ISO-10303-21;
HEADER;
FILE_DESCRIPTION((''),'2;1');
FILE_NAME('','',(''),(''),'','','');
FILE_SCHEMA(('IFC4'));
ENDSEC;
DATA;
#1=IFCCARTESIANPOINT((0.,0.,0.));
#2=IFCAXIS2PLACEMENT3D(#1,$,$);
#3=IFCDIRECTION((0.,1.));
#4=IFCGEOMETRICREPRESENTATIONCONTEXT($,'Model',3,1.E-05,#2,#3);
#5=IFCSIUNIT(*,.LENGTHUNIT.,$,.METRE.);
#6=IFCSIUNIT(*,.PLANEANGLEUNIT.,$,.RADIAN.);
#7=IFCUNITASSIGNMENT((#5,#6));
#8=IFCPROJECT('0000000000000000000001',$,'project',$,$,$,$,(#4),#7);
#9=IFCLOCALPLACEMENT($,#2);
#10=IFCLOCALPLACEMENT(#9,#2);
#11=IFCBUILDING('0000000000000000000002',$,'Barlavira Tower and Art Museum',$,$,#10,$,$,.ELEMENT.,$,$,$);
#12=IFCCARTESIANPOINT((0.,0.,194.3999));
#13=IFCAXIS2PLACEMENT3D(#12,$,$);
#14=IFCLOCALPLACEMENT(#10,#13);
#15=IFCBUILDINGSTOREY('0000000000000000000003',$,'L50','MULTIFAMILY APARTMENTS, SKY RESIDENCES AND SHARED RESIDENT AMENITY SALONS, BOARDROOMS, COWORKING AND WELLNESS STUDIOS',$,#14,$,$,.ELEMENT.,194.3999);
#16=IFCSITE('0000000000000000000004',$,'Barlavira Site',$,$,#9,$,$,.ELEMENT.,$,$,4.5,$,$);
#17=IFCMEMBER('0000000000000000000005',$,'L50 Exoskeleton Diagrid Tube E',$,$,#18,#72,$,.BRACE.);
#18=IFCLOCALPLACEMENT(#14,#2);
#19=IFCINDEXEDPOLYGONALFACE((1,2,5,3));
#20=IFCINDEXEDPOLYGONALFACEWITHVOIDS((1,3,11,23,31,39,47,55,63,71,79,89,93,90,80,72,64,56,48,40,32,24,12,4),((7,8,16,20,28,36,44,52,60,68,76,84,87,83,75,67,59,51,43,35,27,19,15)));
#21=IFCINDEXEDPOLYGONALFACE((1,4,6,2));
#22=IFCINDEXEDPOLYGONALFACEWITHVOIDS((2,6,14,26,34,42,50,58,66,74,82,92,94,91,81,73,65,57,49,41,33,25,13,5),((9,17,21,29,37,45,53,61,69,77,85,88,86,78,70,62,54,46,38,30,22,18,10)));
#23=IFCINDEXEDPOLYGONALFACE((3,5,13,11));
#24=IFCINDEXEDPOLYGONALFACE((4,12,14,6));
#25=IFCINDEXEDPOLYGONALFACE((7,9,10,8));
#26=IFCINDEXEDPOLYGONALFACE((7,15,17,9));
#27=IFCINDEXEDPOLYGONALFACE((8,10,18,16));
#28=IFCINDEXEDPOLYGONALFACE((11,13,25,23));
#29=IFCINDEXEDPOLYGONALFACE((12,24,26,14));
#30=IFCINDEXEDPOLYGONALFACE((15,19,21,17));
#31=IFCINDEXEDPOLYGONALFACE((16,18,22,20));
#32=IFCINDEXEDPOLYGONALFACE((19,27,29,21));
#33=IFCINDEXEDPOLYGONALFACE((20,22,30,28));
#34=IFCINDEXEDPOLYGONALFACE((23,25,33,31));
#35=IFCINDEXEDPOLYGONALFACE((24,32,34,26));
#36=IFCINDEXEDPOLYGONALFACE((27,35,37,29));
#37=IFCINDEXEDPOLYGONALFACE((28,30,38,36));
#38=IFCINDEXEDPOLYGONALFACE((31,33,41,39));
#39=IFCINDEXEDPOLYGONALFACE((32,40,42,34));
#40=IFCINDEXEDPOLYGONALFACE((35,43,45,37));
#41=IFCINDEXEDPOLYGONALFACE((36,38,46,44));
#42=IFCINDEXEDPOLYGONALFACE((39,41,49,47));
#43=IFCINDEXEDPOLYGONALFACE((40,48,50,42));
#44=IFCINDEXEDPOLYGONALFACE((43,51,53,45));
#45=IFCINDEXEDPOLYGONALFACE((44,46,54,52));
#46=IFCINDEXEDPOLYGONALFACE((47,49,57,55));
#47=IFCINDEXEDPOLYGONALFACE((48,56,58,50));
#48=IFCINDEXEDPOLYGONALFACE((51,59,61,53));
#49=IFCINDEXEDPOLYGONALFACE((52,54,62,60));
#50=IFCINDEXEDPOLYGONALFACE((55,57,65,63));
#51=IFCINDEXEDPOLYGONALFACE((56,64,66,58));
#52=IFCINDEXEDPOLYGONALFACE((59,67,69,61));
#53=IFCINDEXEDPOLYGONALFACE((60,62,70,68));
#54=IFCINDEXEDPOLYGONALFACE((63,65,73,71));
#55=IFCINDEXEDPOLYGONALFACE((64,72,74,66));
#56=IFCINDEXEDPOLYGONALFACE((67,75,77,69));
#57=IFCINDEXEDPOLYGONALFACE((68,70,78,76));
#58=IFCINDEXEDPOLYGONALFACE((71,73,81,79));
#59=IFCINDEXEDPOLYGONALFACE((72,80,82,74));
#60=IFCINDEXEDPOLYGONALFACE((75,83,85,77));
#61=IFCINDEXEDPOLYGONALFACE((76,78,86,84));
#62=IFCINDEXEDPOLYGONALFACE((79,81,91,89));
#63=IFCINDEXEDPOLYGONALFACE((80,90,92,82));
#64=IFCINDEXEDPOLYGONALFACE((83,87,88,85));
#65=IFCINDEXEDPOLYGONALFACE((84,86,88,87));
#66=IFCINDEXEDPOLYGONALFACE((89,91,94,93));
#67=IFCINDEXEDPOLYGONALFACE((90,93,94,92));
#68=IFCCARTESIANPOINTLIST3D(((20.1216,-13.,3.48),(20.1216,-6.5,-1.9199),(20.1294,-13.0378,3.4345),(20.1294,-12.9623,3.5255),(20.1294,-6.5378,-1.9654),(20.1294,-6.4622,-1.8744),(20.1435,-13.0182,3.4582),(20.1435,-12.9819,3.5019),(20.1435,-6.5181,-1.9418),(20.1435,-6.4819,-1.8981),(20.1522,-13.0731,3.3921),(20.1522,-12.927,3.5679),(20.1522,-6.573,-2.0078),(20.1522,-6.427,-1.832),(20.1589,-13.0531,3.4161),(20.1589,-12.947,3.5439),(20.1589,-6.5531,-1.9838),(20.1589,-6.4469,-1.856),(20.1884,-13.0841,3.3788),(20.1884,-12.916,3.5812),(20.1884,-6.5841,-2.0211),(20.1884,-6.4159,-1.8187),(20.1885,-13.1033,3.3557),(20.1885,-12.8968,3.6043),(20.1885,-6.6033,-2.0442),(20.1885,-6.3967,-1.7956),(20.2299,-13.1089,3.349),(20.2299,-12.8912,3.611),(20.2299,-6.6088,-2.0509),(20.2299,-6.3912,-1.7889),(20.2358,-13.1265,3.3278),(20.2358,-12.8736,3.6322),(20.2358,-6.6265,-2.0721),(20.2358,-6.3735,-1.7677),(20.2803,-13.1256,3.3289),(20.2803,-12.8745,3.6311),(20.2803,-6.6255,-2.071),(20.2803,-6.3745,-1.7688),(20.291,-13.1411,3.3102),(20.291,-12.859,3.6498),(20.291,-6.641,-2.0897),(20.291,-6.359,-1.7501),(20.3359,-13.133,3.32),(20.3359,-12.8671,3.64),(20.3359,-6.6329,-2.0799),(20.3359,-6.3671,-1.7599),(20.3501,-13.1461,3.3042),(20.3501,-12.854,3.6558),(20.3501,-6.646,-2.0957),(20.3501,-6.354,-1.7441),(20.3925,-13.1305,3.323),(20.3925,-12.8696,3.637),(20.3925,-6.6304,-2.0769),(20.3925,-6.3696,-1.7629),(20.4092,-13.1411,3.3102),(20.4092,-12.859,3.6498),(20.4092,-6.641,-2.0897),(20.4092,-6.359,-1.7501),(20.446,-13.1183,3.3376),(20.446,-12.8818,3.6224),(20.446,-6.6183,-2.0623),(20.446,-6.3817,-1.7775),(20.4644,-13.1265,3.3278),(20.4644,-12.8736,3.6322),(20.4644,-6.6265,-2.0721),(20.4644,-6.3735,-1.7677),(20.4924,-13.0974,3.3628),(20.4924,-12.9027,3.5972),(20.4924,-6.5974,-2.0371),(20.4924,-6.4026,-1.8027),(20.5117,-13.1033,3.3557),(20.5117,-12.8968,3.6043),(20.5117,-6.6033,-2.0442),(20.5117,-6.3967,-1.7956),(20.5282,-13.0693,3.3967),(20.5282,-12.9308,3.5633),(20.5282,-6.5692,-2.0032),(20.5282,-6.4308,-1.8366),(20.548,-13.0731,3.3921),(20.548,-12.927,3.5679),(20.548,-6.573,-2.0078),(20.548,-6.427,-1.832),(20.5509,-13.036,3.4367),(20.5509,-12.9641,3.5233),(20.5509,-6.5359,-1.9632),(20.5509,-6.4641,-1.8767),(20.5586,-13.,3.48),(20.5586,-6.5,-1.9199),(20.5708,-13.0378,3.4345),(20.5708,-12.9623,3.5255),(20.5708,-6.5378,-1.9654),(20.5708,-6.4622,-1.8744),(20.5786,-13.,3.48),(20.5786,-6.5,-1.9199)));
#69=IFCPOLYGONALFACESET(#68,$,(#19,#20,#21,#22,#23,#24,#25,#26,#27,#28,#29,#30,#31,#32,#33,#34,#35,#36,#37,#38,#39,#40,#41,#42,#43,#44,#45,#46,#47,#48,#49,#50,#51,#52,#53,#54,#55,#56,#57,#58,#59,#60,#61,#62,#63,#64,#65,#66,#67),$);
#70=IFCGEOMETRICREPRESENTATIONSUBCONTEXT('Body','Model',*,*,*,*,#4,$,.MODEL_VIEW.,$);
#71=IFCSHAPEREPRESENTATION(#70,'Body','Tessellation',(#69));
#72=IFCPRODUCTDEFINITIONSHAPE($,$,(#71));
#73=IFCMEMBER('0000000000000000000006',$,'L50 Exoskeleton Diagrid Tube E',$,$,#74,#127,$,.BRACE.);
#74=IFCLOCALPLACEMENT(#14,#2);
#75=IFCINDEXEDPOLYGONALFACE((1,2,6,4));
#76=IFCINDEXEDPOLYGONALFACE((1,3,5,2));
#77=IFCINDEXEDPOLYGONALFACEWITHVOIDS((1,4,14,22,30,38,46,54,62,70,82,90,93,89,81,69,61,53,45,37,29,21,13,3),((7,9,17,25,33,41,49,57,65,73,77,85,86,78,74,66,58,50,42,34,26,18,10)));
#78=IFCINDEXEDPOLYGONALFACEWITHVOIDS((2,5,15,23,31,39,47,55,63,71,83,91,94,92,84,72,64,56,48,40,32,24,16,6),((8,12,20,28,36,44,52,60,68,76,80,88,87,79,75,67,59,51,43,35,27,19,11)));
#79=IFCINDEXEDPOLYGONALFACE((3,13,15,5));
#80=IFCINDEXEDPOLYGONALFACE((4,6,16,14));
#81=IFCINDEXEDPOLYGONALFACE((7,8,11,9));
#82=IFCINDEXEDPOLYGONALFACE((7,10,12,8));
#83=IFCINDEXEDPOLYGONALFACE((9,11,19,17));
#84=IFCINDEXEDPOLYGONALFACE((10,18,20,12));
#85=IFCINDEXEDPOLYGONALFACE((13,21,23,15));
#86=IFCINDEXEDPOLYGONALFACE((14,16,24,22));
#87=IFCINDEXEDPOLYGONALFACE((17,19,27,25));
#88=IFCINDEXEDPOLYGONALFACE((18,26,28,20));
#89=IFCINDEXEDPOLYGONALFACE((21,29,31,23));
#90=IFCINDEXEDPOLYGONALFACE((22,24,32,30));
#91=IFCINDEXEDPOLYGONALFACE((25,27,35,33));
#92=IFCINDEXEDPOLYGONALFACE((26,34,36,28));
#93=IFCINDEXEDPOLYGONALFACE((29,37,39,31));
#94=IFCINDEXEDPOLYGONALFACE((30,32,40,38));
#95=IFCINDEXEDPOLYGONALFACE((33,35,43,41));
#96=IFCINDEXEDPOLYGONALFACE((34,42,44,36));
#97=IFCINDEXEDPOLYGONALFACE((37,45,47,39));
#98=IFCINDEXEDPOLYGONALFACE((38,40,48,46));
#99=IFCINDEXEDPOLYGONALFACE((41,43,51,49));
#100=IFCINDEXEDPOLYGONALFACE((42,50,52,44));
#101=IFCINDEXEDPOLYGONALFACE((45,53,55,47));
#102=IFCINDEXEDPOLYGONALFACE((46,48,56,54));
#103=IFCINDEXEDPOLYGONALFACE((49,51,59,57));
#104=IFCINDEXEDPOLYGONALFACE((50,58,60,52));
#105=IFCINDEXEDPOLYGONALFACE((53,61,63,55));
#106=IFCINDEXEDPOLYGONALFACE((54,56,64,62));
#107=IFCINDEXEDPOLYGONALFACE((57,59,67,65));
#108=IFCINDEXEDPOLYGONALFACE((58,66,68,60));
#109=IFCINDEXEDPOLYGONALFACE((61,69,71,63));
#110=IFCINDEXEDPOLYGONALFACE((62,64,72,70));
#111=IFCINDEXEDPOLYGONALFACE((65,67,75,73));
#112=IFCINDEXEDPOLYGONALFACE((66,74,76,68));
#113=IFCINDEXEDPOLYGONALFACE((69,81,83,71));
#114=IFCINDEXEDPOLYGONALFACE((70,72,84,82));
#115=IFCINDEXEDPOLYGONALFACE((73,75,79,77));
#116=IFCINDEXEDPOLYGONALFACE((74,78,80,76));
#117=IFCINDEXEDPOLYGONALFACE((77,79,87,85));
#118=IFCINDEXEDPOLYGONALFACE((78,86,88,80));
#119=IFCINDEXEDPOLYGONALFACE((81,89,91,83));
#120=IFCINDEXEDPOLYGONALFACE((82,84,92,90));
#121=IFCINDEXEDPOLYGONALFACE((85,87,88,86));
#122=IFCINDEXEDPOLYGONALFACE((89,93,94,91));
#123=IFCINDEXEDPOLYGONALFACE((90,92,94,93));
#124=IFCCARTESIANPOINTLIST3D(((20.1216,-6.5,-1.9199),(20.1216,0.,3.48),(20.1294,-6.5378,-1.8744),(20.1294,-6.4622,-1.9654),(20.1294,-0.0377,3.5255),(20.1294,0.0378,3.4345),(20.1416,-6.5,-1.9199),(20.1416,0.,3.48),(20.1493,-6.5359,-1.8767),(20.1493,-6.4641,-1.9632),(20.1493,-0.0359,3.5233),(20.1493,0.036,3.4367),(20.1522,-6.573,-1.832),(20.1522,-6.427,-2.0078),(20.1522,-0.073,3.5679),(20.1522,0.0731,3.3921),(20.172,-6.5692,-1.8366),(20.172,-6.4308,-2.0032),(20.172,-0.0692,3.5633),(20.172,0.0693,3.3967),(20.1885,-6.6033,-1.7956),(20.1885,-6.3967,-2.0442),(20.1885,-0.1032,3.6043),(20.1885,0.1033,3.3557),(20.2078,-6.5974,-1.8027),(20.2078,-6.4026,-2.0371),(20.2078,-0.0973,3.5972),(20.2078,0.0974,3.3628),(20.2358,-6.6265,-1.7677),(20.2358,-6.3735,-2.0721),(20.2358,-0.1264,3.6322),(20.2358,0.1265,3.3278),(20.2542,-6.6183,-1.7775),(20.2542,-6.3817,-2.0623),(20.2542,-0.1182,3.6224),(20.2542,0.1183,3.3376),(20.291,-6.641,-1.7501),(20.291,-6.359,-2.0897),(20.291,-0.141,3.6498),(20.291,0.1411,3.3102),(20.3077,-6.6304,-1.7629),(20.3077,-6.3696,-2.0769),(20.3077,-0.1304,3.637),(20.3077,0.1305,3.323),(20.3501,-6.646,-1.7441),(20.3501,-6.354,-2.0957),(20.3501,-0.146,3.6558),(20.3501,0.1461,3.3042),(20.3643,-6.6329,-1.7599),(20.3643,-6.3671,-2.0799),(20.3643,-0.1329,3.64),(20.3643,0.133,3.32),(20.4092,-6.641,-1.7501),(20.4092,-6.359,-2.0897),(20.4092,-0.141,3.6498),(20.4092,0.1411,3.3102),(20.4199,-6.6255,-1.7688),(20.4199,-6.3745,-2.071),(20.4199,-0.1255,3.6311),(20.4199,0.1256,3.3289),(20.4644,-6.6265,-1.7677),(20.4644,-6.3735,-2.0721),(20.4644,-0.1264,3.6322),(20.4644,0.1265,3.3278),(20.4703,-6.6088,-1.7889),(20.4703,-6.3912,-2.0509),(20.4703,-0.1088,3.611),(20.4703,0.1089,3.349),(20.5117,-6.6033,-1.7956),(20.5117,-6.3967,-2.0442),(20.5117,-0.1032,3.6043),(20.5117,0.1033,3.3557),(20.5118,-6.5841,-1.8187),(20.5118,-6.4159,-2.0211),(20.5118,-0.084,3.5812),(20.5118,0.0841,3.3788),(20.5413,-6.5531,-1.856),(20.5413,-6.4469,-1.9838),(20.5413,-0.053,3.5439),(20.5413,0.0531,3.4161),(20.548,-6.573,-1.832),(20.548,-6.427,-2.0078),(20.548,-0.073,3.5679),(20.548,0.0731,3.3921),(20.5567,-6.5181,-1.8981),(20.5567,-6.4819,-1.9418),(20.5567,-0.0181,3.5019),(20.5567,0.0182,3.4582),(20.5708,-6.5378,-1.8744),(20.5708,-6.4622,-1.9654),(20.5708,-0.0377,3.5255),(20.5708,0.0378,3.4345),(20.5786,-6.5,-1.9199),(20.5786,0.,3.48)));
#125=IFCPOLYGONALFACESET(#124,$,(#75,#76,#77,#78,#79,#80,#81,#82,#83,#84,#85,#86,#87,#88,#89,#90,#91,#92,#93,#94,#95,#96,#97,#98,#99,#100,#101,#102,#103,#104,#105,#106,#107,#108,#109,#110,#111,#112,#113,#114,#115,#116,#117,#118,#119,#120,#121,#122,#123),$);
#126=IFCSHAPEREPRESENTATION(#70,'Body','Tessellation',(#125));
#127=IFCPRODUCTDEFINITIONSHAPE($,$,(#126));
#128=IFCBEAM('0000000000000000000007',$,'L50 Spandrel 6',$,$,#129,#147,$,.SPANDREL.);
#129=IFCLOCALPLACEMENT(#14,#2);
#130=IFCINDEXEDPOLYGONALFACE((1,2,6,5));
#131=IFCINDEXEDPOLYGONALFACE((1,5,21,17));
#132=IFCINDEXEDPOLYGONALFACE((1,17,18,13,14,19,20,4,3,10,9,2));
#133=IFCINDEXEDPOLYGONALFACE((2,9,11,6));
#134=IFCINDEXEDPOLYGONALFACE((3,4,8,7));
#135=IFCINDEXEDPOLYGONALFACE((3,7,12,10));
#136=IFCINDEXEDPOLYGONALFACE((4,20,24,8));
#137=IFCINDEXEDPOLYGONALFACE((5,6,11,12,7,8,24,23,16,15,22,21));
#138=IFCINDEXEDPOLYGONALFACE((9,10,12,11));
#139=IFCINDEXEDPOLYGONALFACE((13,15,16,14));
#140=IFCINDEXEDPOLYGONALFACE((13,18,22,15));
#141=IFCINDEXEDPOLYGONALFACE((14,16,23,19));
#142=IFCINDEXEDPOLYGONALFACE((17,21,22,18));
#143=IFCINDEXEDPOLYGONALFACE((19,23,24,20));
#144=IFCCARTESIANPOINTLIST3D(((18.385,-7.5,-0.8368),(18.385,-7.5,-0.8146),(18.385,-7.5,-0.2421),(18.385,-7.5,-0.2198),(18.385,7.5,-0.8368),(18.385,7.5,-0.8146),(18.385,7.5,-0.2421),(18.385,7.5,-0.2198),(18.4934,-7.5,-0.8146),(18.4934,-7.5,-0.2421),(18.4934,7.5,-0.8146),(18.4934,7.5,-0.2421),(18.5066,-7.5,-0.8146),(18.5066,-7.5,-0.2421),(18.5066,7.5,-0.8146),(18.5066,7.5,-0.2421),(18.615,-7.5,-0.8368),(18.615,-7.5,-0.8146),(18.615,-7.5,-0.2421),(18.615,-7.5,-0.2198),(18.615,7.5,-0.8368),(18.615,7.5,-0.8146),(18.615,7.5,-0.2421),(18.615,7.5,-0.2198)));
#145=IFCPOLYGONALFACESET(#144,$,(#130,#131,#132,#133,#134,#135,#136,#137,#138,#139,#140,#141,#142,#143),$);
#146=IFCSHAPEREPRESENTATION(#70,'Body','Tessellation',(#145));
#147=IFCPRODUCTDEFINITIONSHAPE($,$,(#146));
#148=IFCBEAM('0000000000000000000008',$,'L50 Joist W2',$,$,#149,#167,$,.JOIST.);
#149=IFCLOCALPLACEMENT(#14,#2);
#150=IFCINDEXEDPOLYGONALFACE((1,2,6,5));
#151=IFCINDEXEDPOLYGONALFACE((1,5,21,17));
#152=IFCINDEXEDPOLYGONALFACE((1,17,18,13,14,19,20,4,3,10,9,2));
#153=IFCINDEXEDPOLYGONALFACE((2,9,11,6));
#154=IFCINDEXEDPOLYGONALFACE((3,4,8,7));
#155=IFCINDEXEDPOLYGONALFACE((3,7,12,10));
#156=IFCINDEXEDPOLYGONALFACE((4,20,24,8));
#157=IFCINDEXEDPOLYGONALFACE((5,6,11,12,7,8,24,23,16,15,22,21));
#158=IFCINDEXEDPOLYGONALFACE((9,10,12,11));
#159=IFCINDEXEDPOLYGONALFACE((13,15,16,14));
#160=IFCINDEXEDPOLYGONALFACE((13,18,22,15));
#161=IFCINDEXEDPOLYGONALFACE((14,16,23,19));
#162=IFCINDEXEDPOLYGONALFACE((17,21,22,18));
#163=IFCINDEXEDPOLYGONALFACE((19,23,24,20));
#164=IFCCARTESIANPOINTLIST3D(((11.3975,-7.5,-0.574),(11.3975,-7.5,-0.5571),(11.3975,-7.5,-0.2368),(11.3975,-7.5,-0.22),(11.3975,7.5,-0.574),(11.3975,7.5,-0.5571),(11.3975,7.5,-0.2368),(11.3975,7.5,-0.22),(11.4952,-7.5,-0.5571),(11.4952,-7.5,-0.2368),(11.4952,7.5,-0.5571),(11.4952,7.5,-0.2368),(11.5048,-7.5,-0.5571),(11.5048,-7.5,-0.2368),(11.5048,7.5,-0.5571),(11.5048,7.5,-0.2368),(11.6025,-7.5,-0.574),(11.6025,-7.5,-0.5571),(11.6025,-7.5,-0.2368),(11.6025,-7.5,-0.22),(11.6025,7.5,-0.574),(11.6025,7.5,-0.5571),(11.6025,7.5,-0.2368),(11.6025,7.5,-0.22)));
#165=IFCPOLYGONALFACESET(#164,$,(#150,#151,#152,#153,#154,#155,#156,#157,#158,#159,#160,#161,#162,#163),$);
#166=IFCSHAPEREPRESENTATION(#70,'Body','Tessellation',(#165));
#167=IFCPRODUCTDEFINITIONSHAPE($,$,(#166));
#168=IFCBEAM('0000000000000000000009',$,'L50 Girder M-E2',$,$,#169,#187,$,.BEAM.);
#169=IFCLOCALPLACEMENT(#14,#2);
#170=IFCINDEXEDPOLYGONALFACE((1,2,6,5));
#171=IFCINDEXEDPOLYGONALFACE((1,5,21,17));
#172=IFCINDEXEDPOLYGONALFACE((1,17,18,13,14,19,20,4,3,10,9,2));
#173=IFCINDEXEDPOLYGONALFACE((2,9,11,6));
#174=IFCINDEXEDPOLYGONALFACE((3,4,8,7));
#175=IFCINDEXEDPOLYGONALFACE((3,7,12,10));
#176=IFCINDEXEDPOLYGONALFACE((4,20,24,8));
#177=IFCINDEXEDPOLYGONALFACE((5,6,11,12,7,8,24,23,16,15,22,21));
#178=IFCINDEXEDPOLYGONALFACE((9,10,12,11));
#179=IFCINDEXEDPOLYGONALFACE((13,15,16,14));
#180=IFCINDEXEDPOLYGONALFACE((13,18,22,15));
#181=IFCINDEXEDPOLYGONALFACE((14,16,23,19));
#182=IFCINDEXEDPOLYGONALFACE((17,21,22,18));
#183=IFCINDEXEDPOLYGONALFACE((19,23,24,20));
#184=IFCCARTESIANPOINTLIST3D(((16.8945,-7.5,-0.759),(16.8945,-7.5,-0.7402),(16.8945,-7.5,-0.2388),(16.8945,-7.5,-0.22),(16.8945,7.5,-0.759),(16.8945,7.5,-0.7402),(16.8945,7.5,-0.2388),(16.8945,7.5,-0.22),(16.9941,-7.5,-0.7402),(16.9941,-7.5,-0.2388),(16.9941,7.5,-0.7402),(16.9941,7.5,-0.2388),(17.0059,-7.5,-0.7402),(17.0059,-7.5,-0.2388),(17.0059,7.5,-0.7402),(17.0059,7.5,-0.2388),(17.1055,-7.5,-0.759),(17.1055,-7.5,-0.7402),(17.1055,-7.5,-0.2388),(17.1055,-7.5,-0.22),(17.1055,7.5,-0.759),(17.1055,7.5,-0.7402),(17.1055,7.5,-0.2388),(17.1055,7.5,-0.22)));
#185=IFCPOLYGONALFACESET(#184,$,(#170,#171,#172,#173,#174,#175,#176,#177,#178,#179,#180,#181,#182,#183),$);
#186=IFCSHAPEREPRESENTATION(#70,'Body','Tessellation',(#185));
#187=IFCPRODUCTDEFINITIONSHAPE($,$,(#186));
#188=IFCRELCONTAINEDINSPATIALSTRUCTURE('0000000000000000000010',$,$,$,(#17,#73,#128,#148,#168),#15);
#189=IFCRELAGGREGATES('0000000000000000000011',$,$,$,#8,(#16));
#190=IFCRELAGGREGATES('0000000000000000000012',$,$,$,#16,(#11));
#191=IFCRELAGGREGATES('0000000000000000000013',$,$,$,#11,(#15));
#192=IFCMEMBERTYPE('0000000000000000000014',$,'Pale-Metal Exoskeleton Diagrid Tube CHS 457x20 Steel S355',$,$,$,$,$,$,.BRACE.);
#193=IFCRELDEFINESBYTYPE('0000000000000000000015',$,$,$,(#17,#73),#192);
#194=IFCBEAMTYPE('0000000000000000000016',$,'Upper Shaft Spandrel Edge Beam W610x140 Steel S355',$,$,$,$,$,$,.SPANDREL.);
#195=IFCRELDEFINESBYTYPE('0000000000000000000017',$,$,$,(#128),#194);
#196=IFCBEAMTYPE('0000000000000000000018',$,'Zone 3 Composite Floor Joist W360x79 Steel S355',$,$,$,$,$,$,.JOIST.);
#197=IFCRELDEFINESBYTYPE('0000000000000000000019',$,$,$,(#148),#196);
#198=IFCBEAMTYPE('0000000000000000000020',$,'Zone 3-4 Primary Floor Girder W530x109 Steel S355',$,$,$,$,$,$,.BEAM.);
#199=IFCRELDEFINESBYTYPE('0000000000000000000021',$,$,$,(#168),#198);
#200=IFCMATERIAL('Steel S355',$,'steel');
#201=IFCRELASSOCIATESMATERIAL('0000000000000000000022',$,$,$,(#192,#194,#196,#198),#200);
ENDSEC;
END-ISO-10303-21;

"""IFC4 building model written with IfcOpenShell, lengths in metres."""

from ifc_helpers import new_model, si_unit, direction, frame, origin, origin_2d, place, context, subcontext, project, spatial, hollow_circle, i_section, extrude, material, material_profile, profile_set, type_object, element, save


model = new_model("IFC4")

# Units and contexts
model_context = context("Model", 3, precision=1e-05, world=origin(), true_north=direction((0.0, 1.0)))
body_context = subcontext(model_context, "Body", "Model", "MODEL_VIEW")
ifc_project = project(units=[si_unit("LENGTHUNIT", "METRE"), si_unit("PLANEANGLEUNIT", "RADIAN")], contexts=[model_context])

# Site, building, storey
site_placement = place(None, origin())
site = spatial("IfcSite", under=ifc_project, at=site_placement, Name="Barlavira Site", CompositionType="ELEMENT", RefElevation=4.5)
building_placement = place(site_placement, origin())
building = spatial("IfcBuilding", under=site, at=building_placement, Name="Barlavira Tower and Art Museum", CompositionType="ELEMENT")
storey_placement = place(building_placement, frame((0.0, 0.0, 194.3999)))
storey = spatial("IfcBuildingStorey", under=building, at=storey_placement, Name="L50", Description="MULTIFAMILY APARTMENTS, SKY RESIDENCES AND SHARED RESIDENT AMENITY SALONS, BOARDROOMS, COWORKING AND WELLNESS STUDIOS", CompositionType="ELEMENT", Elevation=194.3999)

# Members
ifc_material_1 = material(Name="Steel S355", Category="steel")
ifc_material_profile_1 = material_profile(ifc_material_1, hollow_circle(Radius=0.2285, WallThickness=0.02, at=origin_2d()), Name="CHS 457.0x20.0")
ifc_profile_set_1 = profile_set([ifc_material_profile_1], Name="Steel S355")
member_type_1 = type_object("IfcMemberType", Name="Pale-Metal Exoskeleton Diagrid Tube CHS 457x20 Steel S355", PredefinedType="BRACE", material=ifc_profile_set_1)
for number, where, z_axis, x_axis, name in (
    (1, (20.3501, -6.5, -1.9199), (0.0, -0.769196, 0.639013), (1.0, 0.0, 0.0), "L50 Exoskeleton Diagrid Tube E"),
    (2, (20.3501, -6.5, -1.9199), (0.0, 0.769196, 0.639013), (-1.0, 0.0, 0.0), "L50 Exoskeleton Diagrid Tube E"),
):
    element("IfcMember", number, at=place(storey_placement, frame(where, z_axis=z_axis, x_axis=x_axis)), inside=storey, type_object=member_type_1, Name=name, PredefinedType="BRACE", context=body_context, shape_type="SweptSolid", body=[
        extrude(hollow_circle(Radius=0.2285, WallThickness=0.02, at=origin_2d()), origin(), (0.0, 0.0, 1.0), 8.4504),
    ])

# Beams
ifc_material_profile_2 = material_profile(ifc_material_1, i_section(OverallWidth=0.23, OverallDepth=0.6169, WebThickness=0.0132, FlangeThickness=0.0222, at=origin_2d()), Name="W610x140.0")
ifc_profile_set_2 = profile_set([ifc_material_profile_2], Name="Steel S355")
beam_type_1 = type_object("IfcBeamType", Name="Upper Shaft Spandrel Edge Beam W610x140 Steel S355", PredefinedType="SPANDREL", material=ifc_profile_set_2)
beam_1_placement = place(storey_placement, frame((18.5, -7.5, -0.5283), z_axis=(0.0, 1.0, 0.0), x_axis=(-1.0, 0.0, 0.0)))
element("IfcBeam", 3, at=beam_1_placement, inside=storey, type_object=beam_type_1, Name="L50 Spandrel 6", PredefinedType="SPANDREL", context=body_context, shape_type="SweptSolid", body=[
    extrude(i_section(OverallWidth=0.23, OverallDepth=0.6169, WebThickness=0.0132, FlangeThickness=0.0222, at=origin_2d()), origin(), (0.0, 0.0, 1.0), 15.0),
])
ifc_material_profile_3 = material_profile(ifc_material_1, i_section(OverallWidth=0.2051, OverallDepth=0.354, WebThickness=0.0095, FlangeThickness=0.0168, at=origin_2d()), Name="W360x79.0")
ifc_profile_set_3 = profile_set([ifc_material_profile_3], Name="Steel S355")
beam_type_2 = type_object("IfcBeamType", Name="Zone 3 Composite Floor Joist W360x79 Steel S355", PredefinedType="JOIST", material=ifc_profile_set_3)
beam_2_placement = place(storey_placement, frame((11.5, -7.5, -0.397), z_axis=(0.0, 1.0, 0.0), x_axis=(-1.0, 0.0, 0.0)))
element("IfcBeam", 4, at=beam_2_placement, inside=storey, type_object=beam_type_2, Name="L50 Joist W2", PredefinedType="JOIST", context=body_context, shape_type="SweptSolid", body=[
    extrude(i_section(OverallWidth=0.2051, OverallDepth=0.354, WebThickness=0.0095, FlangeThickness=0.0168, at=origin_2d()), origin(), (0.0, 0.0, 1.0), 15.0),
])
ifc_material_profile_4 = material_profile(ifc_material_1, i_section(OverallWidth=0.2109, OverallDepth=0.5391, WebThickness=0.0117, FlangeThickness=0.0188, at=origin_2d()), Name="W530x109.0")
ifc_profile_set_4 = profile_set([ifc_material_profile_4], Name="Steel S355")
beam_type_3 = type_object("IfcBeamType", Name="Zone 3-4 Primary Floor Girder W530x109 Steel S355", PredefinedType="BEAM", material=ifc_profile_set_4)
beam_3_placement = place(storey_placement, frame((17.0, -7.5, -0.4895), z_axis=(0.0, 1.0, 0.0), x_axis=(-1.0, 0.0, 0.0)))
element("IfcBeam", 5, at=beam_3_placement, inside=storey, type_object=beam_type_3, Name="L50 Girder M-E2", PredefinedType="BEAM", context=body_context, shape_type="SweptSolid", body=[
    extrude(i_section(OverallWidth=0.2109, OverallDepth=0.5391, WebThickness=0.0117, FlangeThickness=0.0188, at=origin_2d()), origin(), (0.0, 0.0, 1.0), 15.0),
])

save(model, "model.ifc")
